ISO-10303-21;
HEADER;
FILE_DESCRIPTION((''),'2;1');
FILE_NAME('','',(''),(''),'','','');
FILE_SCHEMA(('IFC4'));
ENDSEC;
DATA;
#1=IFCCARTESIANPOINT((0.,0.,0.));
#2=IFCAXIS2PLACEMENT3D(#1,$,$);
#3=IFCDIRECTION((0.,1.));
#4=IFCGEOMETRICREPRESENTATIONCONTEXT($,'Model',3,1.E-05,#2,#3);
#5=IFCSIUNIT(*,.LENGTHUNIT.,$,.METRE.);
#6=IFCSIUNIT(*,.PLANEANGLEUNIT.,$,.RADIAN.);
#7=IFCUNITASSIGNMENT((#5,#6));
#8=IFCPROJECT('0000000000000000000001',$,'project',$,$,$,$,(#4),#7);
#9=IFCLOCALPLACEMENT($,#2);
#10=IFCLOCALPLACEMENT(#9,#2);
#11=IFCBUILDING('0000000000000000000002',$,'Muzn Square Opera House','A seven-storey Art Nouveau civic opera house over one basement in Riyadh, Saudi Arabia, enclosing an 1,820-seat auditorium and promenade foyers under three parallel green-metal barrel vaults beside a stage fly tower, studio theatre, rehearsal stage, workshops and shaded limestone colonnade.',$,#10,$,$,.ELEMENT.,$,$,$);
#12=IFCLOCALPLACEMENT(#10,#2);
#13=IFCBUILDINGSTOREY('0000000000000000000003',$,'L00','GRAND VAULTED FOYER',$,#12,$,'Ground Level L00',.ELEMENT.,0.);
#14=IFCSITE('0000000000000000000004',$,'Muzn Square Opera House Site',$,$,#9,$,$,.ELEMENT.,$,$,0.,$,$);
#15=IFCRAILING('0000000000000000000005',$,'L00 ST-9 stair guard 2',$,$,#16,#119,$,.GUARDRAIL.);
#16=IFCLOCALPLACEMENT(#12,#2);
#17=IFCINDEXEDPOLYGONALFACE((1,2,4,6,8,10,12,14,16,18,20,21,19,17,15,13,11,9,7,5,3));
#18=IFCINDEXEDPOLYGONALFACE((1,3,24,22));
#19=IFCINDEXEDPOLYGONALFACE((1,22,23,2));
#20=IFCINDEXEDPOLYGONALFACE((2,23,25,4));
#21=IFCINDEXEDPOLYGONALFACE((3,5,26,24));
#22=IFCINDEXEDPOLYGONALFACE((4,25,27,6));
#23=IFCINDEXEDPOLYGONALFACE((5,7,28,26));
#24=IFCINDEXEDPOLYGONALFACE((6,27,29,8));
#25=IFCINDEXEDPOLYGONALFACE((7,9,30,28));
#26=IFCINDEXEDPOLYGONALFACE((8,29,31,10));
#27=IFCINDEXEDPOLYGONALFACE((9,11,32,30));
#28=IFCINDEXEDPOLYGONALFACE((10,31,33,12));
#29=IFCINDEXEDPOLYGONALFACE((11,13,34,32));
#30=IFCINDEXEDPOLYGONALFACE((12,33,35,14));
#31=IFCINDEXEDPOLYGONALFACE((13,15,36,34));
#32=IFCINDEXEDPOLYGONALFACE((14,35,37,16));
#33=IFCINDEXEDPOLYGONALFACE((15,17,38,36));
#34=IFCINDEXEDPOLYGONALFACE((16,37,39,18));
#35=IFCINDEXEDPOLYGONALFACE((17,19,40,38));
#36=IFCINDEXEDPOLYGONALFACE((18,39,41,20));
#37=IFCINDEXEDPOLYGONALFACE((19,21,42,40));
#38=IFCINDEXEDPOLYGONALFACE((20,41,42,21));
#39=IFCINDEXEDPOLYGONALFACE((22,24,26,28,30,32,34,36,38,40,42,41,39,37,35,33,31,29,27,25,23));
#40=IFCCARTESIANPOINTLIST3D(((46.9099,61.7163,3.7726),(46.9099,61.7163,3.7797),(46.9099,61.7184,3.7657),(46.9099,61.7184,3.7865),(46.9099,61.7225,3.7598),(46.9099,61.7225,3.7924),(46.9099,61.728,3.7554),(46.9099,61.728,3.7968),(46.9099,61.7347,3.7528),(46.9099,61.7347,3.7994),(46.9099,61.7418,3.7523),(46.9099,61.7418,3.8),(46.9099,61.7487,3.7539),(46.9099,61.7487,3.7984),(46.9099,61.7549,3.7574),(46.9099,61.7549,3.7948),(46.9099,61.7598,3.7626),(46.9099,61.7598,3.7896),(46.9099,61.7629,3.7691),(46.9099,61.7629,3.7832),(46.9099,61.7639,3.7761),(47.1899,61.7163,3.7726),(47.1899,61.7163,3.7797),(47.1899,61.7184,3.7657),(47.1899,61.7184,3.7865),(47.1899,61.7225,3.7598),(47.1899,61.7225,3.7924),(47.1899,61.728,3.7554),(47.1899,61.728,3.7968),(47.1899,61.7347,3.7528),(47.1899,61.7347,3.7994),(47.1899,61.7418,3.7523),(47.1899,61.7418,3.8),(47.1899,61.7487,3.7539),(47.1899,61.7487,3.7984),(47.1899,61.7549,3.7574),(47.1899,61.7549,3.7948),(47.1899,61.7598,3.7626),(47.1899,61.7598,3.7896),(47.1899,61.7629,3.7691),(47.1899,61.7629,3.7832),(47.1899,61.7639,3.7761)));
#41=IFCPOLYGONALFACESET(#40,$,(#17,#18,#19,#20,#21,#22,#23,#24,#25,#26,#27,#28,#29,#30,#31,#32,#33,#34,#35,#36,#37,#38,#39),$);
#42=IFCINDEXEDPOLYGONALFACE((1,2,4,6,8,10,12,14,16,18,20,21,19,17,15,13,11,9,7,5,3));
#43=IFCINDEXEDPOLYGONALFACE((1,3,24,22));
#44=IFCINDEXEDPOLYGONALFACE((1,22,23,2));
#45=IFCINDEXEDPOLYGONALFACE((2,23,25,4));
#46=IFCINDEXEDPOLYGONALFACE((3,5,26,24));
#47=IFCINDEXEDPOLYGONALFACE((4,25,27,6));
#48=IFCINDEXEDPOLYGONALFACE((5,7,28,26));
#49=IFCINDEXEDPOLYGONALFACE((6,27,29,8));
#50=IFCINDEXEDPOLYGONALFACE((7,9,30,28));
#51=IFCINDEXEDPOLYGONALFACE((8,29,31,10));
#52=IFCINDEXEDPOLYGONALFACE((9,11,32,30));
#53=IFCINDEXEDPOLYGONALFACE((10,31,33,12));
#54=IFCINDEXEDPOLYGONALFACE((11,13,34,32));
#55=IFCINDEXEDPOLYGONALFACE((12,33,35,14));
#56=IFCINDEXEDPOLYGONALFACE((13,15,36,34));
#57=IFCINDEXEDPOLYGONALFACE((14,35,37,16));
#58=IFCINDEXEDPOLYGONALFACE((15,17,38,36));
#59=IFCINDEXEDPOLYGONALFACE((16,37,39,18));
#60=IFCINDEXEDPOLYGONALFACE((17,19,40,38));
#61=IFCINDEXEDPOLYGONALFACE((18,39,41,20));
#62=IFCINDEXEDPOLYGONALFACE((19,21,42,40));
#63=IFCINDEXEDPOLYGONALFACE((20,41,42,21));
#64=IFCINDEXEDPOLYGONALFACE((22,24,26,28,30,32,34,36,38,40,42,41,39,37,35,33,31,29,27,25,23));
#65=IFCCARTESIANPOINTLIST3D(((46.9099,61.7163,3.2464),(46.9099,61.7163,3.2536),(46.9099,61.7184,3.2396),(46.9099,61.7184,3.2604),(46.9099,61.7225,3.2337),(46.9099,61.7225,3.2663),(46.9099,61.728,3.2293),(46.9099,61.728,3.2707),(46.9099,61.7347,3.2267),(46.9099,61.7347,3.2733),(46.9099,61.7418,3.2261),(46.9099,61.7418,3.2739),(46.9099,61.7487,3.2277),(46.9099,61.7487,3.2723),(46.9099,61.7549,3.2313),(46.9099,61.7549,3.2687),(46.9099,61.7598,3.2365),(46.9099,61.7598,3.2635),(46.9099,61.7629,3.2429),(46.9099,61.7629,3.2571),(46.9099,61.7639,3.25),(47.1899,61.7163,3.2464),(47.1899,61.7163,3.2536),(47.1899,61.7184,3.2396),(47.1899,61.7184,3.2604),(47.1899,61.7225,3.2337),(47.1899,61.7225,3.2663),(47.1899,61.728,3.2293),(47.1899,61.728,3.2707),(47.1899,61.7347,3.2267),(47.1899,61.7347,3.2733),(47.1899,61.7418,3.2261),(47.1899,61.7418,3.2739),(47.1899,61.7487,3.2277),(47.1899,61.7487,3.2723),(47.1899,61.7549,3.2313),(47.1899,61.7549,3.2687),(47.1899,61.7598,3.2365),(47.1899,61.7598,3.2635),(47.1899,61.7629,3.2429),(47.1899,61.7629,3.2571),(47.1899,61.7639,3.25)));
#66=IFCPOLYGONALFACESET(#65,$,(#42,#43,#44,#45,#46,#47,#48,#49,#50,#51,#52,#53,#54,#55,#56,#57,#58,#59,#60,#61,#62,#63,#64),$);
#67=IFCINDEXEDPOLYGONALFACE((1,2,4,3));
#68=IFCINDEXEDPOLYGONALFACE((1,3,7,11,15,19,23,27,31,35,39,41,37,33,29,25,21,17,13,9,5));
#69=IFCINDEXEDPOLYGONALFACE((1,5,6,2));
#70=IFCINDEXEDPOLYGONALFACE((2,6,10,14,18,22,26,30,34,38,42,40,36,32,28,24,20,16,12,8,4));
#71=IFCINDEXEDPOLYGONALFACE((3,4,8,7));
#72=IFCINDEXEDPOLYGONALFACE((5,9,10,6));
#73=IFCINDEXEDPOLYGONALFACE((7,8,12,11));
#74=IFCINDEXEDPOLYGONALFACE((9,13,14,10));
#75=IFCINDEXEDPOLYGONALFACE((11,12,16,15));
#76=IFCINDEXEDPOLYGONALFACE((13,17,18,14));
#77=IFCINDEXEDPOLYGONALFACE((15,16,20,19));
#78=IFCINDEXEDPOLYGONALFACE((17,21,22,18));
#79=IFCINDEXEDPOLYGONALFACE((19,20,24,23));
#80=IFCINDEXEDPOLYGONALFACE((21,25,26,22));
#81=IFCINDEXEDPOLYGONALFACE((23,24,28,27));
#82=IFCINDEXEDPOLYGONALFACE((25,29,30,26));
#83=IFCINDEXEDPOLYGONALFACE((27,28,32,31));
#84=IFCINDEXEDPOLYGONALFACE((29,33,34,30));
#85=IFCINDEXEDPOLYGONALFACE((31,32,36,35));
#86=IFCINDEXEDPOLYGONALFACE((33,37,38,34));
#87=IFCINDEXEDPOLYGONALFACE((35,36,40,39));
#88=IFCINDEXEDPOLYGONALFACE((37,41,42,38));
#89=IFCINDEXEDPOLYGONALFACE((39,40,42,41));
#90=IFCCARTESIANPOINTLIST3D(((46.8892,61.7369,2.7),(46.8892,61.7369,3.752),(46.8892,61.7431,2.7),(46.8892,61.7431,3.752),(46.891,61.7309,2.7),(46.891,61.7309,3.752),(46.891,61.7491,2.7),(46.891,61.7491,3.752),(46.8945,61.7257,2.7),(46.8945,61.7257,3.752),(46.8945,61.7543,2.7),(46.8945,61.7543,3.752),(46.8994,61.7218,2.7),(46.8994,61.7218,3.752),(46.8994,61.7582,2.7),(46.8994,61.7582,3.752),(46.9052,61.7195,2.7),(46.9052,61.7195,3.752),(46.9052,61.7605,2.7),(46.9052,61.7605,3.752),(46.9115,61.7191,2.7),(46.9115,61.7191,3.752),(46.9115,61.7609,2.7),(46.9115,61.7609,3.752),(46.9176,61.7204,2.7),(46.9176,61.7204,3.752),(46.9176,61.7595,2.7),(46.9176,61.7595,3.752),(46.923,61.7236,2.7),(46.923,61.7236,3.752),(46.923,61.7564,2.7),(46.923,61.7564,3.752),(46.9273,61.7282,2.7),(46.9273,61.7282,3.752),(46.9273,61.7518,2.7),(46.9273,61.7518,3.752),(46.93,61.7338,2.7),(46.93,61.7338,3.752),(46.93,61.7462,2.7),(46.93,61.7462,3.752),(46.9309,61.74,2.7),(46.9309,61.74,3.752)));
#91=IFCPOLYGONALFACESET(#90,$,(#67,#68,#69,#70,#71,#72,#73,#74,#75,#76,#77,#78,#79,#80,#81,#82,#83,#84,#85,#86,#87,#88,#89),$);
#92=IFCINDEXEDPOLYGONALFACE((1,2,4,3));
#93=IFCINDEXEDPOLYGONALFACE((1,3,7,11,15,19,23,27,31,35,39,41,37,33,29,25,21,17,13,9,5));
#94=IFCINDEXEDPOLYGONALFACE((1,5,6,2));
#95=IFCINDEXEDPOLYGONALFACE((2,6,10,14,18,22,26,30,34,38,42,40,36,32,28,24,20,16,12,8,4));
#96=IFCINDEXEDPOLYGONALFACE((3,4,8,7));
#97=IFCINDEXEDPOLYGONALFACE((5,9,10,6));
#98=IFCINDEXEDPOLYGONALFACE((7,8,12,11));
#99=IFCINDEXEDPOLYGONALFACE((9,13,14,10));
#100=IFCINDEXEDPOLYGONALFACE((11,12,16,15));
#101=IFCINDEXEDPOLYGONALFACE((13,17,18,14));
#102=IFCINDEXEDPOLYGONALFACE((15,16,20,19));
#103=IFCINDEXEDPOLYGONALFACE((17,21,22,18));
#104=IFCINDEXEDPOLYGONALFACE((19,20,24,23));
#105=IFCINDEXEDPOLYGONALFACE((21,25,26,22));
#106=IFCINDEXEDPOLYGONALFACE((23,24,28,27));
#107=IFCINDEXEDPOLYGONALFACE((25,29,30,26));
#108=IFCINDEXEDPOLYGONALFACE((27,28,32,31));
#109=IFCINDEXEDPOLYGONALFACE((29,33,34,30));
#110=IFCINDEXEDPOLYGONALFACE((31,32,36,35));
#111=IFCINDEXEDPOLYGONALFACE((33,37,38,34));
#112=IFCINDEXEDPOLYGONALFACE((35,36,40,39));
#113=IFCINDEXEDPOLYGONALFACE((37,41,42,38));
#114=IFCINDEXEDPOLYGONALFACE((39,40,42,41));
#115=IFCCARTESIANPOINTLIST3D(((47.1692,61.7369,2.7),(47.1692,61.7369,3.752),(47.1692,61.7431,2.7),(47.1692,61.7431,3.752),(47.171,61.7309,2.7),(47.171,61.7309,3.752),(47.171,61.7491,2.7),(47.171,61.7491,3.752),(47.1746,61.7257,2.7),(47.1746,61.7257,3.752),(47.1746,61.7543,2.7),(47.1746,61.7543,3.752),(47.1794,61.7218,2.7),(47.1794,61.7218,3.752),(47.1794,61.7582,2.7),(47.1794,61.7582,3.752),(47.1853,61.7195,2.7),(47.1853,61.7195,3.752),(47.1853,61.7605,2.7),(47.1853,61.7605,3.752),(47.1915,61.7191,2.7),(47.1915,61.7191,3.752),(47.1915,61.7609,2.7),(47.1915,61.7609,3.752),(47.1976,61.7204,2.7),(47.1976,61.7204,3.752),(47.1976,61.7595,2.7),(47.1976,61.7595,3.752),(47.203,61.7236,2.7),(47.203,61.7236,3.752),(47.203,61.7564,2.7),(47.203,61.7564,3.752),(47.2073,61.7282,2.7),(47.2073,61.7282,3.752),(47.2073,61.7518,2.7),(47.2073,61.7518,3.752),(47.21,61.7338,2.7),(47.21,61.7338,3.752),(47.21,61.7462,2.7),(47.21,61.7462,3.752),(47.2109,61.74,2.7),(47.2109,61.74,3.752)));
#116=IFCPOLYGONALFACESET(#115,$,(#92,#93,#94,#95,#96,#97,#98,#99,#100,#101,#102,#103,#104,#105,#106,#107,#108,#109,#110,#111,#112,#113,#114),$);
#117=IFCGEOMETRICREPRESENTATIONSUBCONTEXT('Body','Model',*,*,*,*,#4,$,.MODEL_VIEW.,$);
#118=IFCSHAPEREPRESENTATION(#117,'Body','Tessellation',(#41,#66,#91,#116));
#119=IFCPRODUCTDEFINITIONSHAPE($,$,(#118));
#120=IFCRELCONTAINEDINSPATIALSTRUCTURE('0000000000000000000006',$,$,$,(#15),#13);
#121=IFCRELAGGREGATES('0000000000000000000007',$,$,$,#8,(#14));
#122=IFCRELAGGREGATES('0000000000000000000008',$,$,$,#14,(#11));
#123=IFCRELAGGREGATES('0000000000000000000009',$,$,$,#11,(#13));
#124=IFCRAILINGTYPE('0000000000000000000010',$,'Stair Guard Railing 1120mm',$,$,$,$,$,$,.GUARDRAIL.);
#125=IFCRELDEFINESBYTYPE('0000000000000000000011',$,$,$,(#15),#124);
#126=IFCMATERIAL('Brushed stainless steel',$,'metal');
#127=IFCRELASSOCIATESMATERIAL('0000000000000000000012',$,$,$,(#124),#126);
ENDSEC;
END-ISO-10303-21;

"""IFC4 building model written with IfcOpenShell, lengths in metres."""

from ifc_helpers import new_model, si_unit, direction, frame, origin, origin_2d, place, context, subcontext, project, spatial, circle, extrude, material, type_object, element, save


model = new_model("IFC4")

# Units and contexts
model_context = context("Model", 3, precision=1e-05, world=origin(), true_north=direction((0.0, 1.0)))
body_context = subcontext(model_context, "Body", "Model", "MODEL_VIEW")
ifc_project = project(units=[si_unit("LENGTHUNIT", "METRE"), si_unit("PLANEANGLEUNIT", "RADIAN")], contexts=[model_context])

# Site, building, storey
site_placement = place(None, origin())
site = spatial("IfcSite", under=ifc_project, at=site_placement, Name="Muzn Square Opera House Site", CompositionType="ELEMENT", RefElevation=0.0)
building_placement = place(site_placement, origin())
building = spatial("IfcBuilding", under=site, at=building_placement, Name="Muzn Square Opera House", Description="A seven-storey Art Nouveau civic opera house over one basement in Riyadh, Saudi Arabia, enclosing an 1,820-seat auditorium and promenade foyers under three parallel green-metal barrel vaults beside a stage fly tower, studio theatre, rehearsal stage, workshops and shaded limestone colonnade.", CompositionType="ELEMENT")
storey_placement = place(building_placement, origin())
storey = spatial("IfcBuildingStorey", under=building, at=storey_placement, Name="L00", Description="GRAND VAULTED FOYER", LongName="Ground Level L00", CompositionType="ELEMENT", Elevation=0.0)

# Railing
ifc_material_1 = material(Name="Brushed stainless steel", Category="metal")
railing_type_1 = type_object("IfcRailingType", Name="Stair Guard Railing 1120mm", PredefinedType="GUARDRAIL", material=ifc_material_1)
railing_1_placement = place(storey_placement, frame((46.9099, 61.74, 2.7)))
element("IfcRailing", 1, at=railing_1_placement, inside=storey, type_object=railing_type_1, Name="L00 ST-9 stair guard 2", PredefinedType="GUARDRAIL", context=body_context, shape_type="SweptSolid", body=[
    extrude(circle(Radius=0.0239, at=origin_2d()), frame((0.0, 0.0, 1.0762), z_axis=(1.0, 0.0, 0.0), x_axis=(0.0, 1.0, 0.0)), (0.0, 0.0, 1.0), 0.28),
    extrude(circle(Radius=0.0239, at=origin_2d()), frame((0.0, 0.0, 0.55), z_axis=(1.0, 0.0, 0.0), x_axis=(0.0, 1.0, 0.0)), (0.0, 0.0, 1.0), 0.28),
    extrude(circle(Radius=0.021, at=origin_2d()), origin(), (0.0, 0.0, 1.0), 1.052),
    extrude(circle(Radius=0.021, at=origin_2d()), frame((0.28, 0.0, 0.0)), (0.0, 0.0, 1.0), 1.052),
])

save(model, "model.ifc")
